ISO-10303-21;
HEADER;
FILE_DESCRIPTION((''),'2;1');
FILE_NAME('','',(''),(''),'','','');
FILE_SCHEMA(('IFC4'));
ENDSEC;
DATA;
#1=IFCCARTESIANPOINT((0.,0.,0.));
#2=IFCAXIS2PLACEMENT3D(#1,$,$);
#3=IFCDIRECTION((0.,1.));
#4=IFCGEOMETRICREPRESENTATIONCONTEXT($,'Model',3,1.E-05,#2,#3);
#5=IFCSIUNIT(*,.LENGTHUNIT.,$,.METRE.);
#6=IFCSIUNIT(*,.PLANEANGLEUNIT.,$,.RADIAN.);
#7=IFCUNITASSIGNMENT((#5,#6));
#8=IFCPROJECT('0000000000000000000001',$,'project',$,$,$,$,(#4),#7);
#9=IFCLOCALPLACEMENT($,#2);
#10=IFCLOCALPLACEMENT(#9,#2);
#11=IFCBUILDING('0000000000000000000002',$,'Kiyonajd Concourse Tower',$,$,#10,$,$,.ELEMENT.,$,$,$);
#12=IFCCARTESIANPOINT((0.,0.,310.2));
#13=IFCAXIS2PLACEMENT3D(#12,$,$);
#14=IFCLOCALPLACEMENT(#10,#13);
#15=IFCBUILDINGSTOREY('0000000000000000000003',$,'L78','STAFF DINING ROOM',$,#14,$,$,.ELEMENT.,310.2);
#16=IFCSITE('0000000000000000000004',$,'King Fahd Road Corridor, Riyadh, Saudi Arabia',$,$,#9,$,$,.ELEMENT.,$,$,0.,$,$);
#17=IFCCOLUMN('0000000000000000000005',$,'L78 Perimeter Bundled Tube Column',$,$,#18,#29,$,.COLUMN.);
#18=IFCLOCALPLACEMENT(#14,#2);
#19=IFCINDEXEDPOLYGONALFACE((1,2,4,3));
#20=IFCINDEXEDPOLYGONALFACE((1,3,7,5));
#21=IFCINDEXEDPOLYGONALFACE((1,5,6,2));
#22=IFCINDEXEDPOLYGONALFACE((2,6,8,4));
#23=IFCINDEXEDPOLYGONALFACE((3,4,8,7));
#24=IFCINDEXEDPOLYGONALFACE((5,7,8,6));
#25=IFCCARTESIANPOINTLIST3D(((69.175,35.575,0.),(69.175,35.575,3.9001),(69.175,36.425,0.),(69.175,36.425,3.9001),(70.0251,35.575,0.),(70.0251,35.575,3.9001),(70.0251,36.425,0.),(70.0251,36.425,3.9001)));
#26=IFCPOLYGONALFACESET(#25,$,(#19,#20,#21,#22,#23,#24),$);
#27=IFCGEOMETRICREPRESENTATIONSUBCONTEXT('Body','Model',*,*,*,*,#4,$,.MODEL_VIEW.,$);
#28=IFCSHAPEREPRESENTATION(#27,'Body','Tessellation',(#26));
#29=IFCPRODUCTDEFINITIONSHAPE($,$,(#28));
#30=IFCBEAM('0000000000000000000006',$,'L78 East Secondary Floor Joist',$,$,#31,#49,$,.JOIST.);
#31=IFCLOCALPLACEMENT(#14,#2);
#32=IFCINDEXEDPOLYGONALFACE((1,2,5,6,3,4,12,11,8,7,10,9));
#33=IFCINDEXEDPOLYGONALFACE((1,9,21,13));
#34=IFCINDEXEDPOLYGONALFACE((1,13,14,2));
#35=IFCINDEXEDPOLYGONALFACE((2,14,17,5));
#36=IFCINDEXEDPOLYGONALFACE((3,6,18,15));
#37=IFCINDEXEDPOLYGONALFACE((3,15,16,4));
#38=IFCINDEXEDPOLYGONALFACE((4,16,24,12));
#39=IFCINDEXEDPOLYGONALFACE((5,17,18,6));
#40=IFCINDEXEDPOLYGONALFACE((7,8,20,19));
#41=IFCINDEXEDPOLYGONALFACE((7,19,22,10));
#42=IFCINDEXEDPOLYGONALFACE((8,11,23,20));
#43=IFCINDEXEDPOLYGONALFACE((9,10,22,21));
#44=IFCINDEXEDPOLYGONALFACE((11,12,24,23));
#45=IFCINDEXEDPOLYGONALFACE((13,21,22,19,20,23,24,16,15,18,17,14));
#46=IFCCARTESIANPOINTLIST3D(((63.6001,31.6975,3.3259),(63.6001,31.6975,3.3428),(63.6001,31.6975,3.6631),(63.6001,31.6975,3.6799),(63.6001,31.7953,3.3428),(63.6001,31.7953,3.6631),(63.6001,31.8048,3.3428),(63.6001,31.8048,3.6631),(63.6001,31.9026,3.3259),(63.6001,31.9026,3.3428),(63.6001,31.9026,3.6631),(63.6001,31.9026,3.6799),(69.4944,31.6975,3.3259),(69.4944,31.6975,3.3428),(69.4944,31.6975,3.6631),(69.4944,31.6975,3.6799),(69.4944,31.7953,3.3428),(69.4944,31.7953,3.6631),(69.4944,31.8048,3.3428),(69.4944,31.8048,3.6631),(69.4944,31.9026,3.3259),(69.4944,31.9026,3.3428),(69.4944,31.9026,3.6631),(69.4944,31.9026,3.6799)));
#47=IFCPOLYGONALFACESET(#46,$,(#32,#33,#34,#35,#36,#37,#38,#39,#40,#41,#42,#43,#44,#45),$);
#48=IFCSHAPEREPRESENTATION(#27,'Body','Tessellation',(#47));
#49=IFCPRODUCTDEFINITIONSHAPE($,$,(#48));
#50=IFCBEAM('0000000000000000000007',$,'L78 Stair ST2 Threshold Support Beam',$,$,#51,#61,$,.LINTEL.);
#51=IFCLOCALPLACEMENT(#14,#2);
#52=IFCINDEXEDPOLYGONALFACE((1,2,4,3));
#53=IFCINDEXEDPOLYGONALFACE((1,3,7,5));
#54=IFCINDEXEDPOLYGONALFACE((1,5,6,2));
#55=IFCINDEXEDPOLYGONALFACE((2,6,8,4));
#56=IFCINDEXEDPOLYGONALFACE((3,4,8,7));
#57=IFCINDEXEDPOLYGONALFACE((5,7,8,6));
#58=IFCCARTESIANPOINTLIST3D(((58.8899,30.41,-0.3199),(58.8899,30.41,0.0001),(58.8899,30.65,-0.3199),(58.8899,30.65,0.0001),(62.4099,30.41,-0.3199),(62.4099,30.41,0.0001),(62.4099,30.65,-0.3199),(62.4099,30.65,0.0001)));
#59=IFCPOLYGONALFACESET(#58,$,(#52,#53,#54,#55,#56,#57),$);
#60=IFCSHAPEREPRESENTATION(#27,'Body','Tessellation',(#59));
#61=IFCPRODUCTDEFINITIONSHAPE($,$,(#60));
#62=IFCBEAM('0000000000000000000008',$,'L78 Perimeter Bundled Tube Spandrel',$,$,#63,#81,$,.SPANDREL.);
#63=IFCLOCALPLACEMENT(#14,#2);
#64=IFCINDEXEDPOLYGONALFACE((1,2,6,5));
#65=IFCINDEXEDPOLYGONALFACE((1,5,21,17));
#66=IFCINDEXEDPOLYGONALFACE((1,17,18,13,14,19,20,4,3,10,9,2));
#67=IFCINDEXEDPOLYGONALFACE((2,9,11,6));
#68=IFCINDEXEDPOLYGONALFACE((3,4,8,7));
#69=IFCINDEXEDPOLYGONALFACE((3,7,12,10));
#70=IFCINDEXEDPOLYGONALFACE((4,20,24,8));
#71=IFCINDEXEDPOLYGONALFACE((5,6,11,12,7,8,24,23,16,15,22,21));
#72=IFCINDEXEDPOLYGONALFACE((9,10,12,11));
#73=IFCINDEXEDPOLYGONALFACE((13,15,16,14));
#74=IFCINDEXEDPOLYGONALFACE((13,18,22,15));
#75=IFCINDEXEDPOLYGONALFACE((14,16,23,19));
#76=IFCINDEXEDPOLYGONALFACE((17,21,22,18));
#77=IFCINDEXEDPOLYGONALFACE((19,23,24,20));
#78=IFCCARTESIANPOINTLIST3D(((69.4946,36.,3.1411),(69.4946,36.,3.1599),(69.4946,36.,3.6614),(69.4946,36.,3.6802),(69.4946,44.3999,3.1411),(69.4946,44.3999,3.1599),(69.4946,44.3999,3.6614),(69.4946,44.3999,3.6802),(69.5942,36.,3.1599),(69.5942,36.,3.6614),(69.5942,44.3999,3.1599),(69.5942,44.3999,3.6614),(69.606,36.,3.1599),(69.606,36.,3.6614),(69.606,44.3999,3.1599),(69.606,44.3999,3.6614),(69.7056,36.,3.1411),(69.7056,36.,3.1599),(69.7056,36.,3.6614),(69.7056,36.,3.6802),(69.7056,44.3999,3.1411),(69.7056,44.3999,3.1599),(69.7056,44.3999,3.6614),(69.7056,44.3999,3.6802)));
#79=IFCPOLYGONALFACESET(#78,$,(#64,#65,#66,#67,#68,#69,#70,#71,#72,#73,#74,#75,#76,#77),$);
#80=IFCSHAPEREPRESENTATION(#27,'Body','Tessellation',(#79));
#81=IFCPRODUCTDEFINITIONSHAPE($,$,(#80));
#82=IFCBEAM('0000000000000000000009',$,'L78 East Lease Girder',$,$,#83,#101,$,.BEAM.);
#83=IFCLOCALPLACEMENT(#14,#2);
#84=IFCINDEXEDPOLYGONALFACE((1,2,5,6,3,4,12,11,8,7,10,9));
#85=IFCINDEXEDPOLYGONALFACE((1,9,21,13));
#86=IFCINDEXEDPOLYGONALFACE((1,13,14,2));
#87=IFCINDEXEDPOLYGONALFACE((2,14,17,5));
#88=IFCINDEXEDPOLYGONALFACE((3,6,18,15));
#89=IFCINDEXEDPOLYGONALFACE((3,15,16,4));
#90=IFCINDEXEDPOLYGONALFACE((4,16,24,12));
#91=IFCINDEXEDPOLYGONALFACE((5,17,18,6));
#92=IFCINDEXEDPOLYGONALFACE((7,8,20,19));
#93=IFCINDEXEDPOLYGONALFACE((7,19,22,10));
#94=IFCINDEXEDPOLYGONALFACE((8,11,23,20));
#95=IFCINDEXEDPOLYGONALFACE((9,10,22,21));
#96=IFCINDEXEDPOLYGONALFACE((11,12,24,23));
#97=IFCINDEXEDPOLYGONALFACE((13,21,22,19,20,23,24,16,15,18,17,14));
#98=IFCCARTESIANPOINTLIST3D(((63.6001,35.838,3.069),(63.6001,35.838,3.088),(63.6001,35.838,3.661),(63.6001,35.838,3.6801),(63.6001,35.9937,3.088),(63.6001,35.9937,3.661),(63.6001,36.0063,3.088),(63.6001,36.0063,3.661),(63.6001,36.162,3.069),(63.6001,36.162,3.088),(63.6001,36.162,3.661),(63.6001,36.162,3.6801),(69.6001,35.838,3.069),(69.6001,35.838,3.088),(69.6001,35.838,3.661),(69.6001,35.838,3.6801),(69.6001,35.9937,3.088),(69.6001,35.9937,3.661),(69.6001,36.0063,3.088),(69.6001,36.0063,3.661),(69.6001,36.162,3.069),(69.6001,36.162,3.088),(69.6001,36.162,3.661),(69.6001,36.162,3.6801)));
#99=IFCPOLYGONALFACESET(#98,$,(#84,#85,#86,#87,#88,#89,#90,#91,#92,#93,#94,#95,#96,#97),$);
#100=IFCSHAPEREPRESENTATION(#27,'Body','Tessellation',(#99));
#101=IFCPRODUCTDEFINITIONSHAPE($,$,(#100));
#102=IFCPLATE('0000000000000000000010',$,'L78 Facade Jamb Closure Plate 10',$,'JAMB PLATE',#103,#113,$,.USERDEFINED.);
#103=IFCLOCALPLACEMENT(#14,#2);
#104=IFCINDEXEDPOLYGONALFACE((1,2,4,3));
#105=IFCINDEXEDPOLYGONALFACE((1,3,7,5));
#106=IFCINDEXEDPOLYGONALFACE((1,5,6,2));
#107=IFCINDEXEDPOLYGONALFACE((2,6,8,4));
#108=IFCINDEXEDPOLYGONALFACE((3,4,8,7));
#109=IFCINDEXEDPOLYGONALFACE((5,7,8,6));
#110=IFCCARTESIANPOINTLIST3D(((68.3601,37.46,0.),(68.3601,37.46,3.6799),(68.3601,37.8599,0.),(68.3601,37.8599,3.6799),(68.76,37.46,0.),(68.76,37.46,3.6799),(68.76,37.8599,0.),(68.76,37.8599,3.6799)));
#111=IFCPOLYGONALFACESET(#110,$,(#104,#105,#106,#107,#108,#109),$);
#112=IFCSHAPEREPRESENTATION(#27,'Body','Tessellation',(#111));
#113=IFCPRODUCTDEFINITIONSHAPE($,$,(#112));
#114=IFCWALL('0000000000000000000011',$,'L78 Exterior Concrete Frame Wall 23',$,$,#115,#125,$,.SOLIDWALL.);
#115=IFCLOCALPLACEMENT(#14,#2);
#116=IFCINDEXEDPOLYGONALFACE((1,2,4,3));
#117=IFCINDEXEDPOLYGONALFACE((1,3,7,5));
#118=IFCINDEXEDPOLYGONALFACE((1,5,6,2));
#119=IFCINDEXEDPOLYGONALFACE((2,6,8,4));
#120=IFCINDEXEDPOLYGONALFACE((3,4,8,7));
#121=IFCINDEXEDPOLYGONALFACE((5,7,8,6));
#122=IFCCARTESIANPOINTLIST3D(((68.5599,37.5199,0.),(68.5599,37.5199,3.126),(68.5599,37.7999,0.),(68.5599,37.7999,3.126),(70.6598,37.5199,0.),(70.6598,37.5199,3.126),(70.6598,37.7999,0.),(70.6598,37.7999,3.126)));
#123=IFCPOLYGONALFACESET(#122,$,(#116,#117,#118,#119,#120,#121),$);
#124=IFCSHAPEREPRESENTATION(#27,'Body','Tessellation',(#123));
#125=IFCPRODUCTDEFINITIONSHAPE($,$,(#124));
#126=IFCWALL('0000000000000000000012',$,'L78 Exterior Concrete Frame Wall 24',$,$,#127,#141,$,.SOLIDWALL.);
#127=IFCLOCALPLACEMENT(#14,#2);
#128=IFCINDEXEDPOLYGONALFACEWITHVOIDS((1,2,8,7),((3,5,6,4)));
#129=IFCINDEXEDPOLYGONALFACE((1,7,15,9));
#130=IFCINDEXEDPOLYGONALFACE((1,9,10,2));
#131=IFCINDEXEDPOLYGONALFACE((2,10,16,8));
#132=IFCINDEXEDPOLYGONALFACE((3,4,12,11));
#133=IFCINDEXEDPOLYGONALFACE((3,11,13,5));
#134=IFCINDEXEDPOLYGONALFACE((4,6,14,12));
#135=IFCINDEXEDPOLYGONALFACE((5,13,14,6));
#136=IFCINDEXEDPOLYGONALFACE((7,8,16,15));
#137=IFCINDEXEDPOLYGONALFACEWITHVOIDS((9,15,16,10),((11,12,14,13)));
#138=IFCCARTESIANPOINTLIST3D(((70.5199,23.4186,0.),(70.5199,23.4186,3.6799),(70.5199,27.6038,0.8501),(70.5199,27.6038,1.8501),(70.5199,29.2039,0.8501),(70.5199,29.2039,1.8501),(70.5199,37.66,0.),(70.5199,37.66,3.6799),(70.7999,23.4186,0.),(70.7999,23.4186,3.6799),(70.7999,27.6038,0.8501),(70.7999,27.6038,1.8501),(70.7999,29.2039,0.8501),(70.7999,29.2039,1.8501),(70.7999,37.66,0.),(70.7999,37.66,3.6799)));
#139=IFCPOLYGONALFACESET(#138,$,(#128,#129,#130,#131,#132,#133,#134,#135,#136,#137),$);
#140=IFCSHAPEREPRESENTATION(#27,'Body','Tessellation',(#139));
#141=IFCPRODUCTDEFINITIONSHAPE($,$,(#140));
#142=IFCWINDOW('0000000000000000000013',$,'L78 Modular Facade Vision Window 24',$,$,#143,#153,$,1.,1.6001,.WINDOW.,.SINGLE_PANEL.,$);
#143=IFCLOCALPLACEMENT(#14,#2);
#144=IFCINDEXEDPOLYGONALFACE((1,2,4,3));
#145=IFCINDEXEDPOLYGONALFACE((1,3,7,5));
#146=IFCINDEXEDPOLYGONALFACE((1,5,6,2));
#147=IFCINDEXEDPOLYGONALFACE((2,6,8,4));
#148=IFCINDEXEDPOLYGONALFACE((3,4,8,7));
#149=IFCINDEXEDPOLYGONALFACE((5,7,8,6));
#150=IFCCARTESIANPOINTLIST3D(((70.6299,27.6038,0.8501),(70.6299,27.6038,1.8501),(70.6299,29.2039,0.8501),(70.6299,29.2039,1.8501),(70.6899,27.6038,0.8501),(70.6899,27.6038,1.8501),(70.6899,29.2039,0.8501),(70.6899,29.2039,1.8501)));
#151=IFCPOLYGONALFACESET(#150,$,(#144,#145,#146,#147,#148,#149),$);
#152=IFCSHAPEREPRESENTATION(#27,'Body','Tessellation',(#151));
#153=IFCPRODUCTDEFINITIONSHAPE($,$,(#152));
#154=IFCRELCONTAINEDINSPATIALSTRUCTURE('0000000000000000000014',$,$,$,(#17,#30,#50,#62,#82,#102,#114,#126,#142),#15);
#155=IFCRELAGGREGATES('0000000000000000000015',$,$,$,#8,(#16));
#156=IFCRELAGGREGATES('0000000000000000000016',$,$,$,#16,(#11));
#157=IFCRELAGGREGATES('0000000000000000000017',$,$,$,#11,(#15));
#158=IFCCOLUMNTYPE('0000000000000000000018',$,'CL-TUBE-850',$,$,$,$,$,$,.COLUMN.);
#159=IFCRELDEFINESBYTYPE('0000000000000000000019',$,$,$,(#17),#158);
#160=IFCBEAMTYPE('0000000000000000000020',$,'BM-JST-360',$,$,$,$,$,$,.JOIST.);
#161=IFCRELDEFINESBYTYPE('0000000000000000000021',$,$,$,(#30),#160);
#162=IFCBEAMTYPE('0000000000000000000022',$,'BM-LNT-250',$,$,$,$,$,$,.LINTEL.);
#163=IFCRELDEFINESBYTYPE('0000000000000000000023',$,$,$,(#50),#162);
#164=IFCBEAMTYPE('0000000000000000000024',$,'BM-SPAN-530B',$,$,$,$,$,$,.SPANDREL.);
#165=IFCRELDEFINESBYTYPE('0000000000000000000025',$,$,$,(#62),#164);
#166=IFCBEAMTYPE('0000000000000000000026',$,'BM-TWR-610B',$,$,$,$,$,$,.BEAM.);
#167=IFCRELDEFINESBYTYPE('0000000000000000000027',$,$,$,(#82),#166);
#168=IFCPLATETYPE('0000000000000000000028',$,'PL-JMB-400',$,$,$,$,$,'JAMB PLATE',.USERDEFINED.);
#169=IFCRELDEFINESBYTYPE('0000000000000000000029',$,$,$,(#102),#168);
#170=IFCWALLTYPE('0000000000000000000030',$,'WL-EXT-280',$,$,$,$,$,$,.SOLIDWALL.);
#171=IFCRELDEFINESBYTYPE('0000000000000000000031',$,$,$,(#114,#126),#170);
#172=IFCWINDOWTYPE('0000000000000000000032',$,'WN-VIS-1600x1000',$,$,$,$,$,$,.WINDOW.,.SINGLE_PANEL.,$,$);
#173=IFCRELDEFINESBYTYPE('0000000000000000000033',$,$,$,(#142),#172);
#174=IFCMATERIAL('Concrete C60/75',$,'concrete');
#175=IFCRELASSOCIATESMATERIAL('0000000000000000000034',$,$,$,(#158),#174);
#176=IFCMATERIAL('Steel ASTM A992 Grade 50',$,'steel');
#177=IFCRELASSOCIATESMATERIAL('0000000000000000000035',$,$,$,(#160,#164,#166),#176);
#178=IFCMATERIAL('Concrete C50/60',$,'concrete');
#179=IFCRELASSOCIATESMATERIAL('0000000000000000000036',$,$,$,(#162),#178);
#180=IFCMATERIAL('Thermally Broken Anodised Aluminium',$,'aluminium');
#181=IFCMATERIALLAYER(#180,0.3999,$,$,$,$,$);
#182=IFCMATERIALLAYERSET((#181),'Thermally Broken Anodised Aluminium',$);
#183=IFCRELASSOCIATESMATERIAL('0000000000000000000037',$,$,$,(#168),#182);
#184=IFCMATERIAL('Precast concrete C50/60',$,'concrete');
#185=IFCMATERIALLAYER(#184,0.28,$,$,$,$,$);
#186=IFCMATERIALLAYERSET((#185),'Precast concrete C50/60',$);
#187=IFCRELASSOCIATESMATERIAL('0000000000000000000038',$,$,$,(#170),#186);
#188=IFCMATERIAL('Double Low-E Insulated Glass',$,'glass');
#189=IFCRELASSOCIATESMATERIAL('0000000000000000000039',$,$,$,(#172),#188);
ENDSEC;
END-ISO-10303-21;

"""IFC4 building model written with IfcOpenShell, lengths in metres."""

from ifc_helpers import new_model, si_unit, direction, frame, frame_2d, origin, origin_2d, place, context, subcontext, project, spatial, rectangle, i_section, extrude, material, layer, layer_set, material_profile, profile_set, type_object, element, fill, save


model = new_model("IFC4")

# Units and contexts
model_context = context("Model", 3, precision=1e-05, world=origin(), true_north=direction((0.0, 1.0)))
body_context = subcontext(model_context, "Body", "Model", "MODEL_VIEW")
ifc_project = project(units=[si_unit("LENGTHUNIT", "METRE"), si_unit("PLANEANGLEUNIT", "RADIAN")], contexts=[model_context])

# Site, building, storey
site_placement = place(None, origin())
site = spatial("IfcSite", under=ifc_project, at=site_placement, Name="King Fahd Road Corridor, Riyadh, Saudi Arabia", CompositionType="ELEMENT", RefElevation=0.0)
building_placement = place(site_placement, origin())
building = spatial("IfcBuilding", under=site, at=building_placement, Name="Kiyonajd Concourse Tower", CompositionType="ELEMENT")
storey_placement = place(building_placement, frame((0.0, 0.0, 310.2)))
storey = spatial("IfcBuildingStorey", under=building, at=storey_placement, Name="L78", Description="STAFF DINING ROOM", CompositionType="ELEMENT", Elevation=310.2)

# Column
ifc_material_1 = material(Name="Concrete C60/75", Category="concrete")
ifc_material_profile_1 = material_profile(ifc_material_1, rectangle(XDim=0.8501, YDim=0.8501, at=origin_2d()), Name="RC-850x850")
ifc_profile_set_1 = profile_set([ifc_material_profile_1], Name="Concrete C60/75")
column_type = type_object("IfcColumnType", Name="CL-TUBE-850", PredefinedType="COLUMN", material=ifc_profile_set_1)
column_placement = place(storey_placement, frame((69.6001, 36.0, 0.0), z_axis=(0.0, 0.0, 1.0), x_axis=(1.0, 0.0, 0.0)))
element("IfcColumn", 1, at=column_placement, inside=storey, type_object=column_type, Name="L78 Perimeter Bundled Tube Column", PredefinedType="COLUMN", context=body_context, shape_type="SweptSolid", body=[
    extrude(rectangle(XDim=0.8501, YDim=0.8501, at=origin_2d()), origin(), (0.0, 0.0, 1.0), 3.9001),
])

# Beams
ifc_material_2 = material(Name="Steel ASTM A992 Grade 50", Category="steel")
ifc_material_profile_2 = material_profile(ifc_material_2, i_section(OverallWidth=0.2051, OverallDepth=0.354, WebThickness=0.0095, FlangeThickness=0.0168, at=origin_2d()), Name="W360X79")
ifc_profile_set_2 = profile_set([ifc_material_profile_2], Name="Steel ASTM A992 Grade 50")
beam_type_1 = type_object("IfcBeamType", Name="BM-JST-360", PredefinedType="JOIST", material=ifc_profile_set_2)
beam_1_placement = place(storey_placement, frame((63.6001, 31.8, 3.5029), z_axis=(1.0, 0.0, 0.0), x_axis=(0.0, 1.0, 0.0)))
element("IfcBeam", 2, at=beam_1_placement, inside=storey, type_object=beam_type_1, Name="L78 East Secondary Floor Joist", PredefinedType="JOIST", context=body_context, shape_type="SweptSolid", body=[
    extrude(i_section(OverallWidth=0.2051, OverallDepth=0.354, WebThickness=0.0095, FlangeThickness=0.0168, at=origin_2d()), origin(), (0.0, 0.0, 1.0), 5.8943),
])
ifc_material_3 = material(Name="Concrete C50/60", Category="concrete")
ifc_material_profile_3 = material_profile(ifc_material_3, rectangle(XDim=0.24, YDim=0.3201, at=origin_2d()), Name="RCBM-240x320")
ifc_profile_set_3 = profile_set([ifc_material_profile_3], Name="Concrete C50/60")
beam_type_2 = type_object("IfcBeamType", Name="BM-LNT-250", PredefinedType="LINTEL", material=ifc_profile_set_3)
beam_2_placement = place(storey_placement, frame((58.8899, 30.53, -0.1599), z_axis=(1.0, 0.0, 0.0), x_axis=(0.0, 1.0, 0.0)))
element("IfcBeam", 3, at=beam_2_placement, inside=storey, type_object=beam_type_2, Name="L78 Stair ST2 Threshold Support Beam", PredefinedType="LINTEL", context=body_context, shape_type="SweptSolid", body=[
    extrude(rectangle(XDim=0.24, YDim=0.3201, at=origin_2d()), origin(), (0.0, 0.0, 1.0), 3.52),
])
ifc_material_profile_4 = material_profile(ifc_material_2, i_section(OverallWidth=0.2109, OverallDepth=0.5391, WebThickness=0.0117, FlangeThickness=0.0188, at=origin_2d()), Name="W530X109")
ifc_profile_set_4 = profile_set([ifc_material_profile_4], Name="Steel ASTM A992 Grade 50")
beam_type_3 = type_object("IfcBeamType", Name="BM-SPAN-530B", PredefinedType="SPANDREL", material=ifc_profile_set_4)
beam_3_placement = place(storey_placement, frame((69.6001, 36.0, 3.4106), z_axis=(0.0, 1.0, 0.0), x_axis=(-1.0, 0.0, 0.0)))
element("IfcBeam", 4, at=beam_3_placement, inside=storey, type_object=beam_type_3, Name="L78 Perimeter Bundled Tube Spandrel", PredefinedType="SPANDREL", context=body_context, shape_type="SweptSolid", body=[
    extrude(i_section(OverallWidth=0.2109, OverallDepth=0.5391, WebThickness=0.0117, FlangeThickness=0.0188, at=origin_2d()), origin(), (0.0, 0.0, 1.0), 8.3999),
])
ifc_material_profile_5 = material_profile(ifc_material_2, i_section(OverallWidth=0.324, OverallDepth=0.6111, WebThickness=0.0127, FlangeThickness=0.019, at=origin_2d()), Name="W610X155")
ifc_profile_set_5 = profile_set([ifc_material_profile_5], Name="Steel ASTM A992 Grade 50")
beam_type_4 = type_object("IfcBeamType", Name="BM-TWR-610B", PredefinedType="BEAM", material=ifc_profile_set_5)
beam_4_placement = place(storey_placement, frame((63.6001, 36.0, 3.3745), z_axis=(1.0, 0.0, 0.0), x_axis=(0.0, 1.0, 0.0)))
element("IfcBeam", 5, at=beam_4_placement, inside=storey, type_object=beam_type_4, Name="L78 East Lease Girder", PredefinedType="BEAM", context=body_context, shape_type="SweptSolid", body=[
    extrude(i_section(OverallWidth=0.324, OverallDepth=0.6111, WebThickness=0.0127, FlangeThickness=0.019, at=origin_2d()), origin(), (0.0, 0.0, 1.0), 6.0),
])

# Plate
ifc_material_4 = material(Name="Thermally Broken Anodised Aluminium", Category="aluminium")
ifc_layer_1 = layer(ifc_material_4, 0.3999)
ifc_layer_set_1 = layer_set([ifc_layer_1], Name="Thermally Broken Anodised Aluminium")
plate_type = type_object("IfcPlateType", Name="PL-JMB-400", ElementType="JAMB PLATE", PredefinedType="USERDEFINED", material=ifc_layer_set_1)
plate_placement = place(storey_placement, frame((68.5601, 37.6599, 0.0), z_axis=(0.0, 0.0, 1.0), x_axis=(1.0, 0.0, 0.0)))
element("IfcPlate", 6, at=plate_placement, inside=storey, type_object=plate_type, Name="L78 Facade Jamb Closure Plate 10", ObjectType="JAMB PLATE", PredefinedType="USERDEFINED", context=body_context, shape_type="SweptSolid", body=[
    extrude(rectangle(XDim=0.3999, YDim=0.3999, at=origin_2d()), origin(), (0.0, 0.0, 1.0), 3.6799),
])

# Wall
ifc_material_5 = material(Name="Precast concrete C50/60", Category="concrete")
ifc_layer_2 = layer(ifc_material_5, 0.28)
ifc_layer_set_2 = layer_set([ifc_layer_2], Name="Precast concrete C50/60")
wall_type_1 = type_object("IfcWallType", Name="WL-EXT-280", PredefinedType="SOLIDWALL", material=ifc_layer_set_2)
wall_1_placement = place(storey_placement, frame((68.5601, 37.6599, 0.0), z_axis=(0.0, 0.0, 1.0), x_axis=(1.0, 0.0, 0.0)))
element("IfcWall", 7, at=wall_1_placement, inside=storey, type_object=wall_type_1, Name="L78 Exterior Concrete Frame Wall 23", PredefinedType="SOLIDWALL", context=body_context, shape_type="SweptSolid", body=[
    extrude(rectangle(XDim=2.0999, YDim=0.28, at=frame_2d((1.0498, 0.0))), origin(), (0.0, 0.0, 1.0), 3.126),
])

# Wall, opening, window
wall_2_placement = place(storey_placement, frame((70.6599, 37.6599, 0.0), z_axis=(0.0, 0.0, 1.0), x_axis=(0.0, -1.0, 0.0)))
wall_2 = element("IfcWall", 8, at=wall_2_placement, inside=storey, type_object=wall_type_1, Name="L78 Exterior Concrete Frame Wall 24", PredefinedType="SOLIDWALL", context=body_context, shape_type="SweptSolid", body=[
    extrude(rectangle(XDim=14.2415, YDim=0.28, at=frame_2d((7.1206, 0.0))), origin(), (0.0, 0.0, 1.0), 3.6799),
])
opening_1_placement = place(wall_2_placement, frame((8.4561, 0.0, 0.8501)))
opening_1 = element("IfcOpeningElement", 9, at=opening_1_placement, cuts=wall_2, PredefinedType="OPENING", context=body_context, shape_type="SweptSolid", body=[
    extrude(rectangle(XDim=1.6001, YDim=1.0, at=frame_2d((0.8, 0.5))), frame((0.0, 0.1499, 0.0), z_axis=(0.0, -1.0, 0.0), x_axis=(1.0, 0.0, 0.0)), (0.0, 0.0, 1.0), 0.3),
])
ifc_material_6 = material(Name="Double Low-E Insulated Glass", Category="glass")
window_type = type_object("IfcWindowType", Name="WN-VIS-1600x1000", PartitioningType="SINGLE_PANEL", PredefinedType="WINDOW", material=ifc_material_6)
window_placement = place(opening_1_placement, origin())
window = element("IfcWindow", 10, at=window_placement, inside=storey, type_object=window_type, Name="L78 Modular Facade Vision Window 24", OverallHeight=1.0, OverallWidth=1.6001, PartitioningType="SINGLE_PANEL", PredefinedType="WINDOW", context=body_context, shape_type="SweptSolid", body=[
    extrude(rectangle(XDim=1.6001, YDim=1.0, at=frame_2d((0.8, 0.5))), frame((0.0, 0.03, 0.0), z_axis=(0.0, -1.0, 0.0), x_axis=(1.0, 0.0, 0.0)), (0.0, 0.0, 1.0), 0.0601),
])
fill(opening_1, window)

save(model, "model.ifc")
